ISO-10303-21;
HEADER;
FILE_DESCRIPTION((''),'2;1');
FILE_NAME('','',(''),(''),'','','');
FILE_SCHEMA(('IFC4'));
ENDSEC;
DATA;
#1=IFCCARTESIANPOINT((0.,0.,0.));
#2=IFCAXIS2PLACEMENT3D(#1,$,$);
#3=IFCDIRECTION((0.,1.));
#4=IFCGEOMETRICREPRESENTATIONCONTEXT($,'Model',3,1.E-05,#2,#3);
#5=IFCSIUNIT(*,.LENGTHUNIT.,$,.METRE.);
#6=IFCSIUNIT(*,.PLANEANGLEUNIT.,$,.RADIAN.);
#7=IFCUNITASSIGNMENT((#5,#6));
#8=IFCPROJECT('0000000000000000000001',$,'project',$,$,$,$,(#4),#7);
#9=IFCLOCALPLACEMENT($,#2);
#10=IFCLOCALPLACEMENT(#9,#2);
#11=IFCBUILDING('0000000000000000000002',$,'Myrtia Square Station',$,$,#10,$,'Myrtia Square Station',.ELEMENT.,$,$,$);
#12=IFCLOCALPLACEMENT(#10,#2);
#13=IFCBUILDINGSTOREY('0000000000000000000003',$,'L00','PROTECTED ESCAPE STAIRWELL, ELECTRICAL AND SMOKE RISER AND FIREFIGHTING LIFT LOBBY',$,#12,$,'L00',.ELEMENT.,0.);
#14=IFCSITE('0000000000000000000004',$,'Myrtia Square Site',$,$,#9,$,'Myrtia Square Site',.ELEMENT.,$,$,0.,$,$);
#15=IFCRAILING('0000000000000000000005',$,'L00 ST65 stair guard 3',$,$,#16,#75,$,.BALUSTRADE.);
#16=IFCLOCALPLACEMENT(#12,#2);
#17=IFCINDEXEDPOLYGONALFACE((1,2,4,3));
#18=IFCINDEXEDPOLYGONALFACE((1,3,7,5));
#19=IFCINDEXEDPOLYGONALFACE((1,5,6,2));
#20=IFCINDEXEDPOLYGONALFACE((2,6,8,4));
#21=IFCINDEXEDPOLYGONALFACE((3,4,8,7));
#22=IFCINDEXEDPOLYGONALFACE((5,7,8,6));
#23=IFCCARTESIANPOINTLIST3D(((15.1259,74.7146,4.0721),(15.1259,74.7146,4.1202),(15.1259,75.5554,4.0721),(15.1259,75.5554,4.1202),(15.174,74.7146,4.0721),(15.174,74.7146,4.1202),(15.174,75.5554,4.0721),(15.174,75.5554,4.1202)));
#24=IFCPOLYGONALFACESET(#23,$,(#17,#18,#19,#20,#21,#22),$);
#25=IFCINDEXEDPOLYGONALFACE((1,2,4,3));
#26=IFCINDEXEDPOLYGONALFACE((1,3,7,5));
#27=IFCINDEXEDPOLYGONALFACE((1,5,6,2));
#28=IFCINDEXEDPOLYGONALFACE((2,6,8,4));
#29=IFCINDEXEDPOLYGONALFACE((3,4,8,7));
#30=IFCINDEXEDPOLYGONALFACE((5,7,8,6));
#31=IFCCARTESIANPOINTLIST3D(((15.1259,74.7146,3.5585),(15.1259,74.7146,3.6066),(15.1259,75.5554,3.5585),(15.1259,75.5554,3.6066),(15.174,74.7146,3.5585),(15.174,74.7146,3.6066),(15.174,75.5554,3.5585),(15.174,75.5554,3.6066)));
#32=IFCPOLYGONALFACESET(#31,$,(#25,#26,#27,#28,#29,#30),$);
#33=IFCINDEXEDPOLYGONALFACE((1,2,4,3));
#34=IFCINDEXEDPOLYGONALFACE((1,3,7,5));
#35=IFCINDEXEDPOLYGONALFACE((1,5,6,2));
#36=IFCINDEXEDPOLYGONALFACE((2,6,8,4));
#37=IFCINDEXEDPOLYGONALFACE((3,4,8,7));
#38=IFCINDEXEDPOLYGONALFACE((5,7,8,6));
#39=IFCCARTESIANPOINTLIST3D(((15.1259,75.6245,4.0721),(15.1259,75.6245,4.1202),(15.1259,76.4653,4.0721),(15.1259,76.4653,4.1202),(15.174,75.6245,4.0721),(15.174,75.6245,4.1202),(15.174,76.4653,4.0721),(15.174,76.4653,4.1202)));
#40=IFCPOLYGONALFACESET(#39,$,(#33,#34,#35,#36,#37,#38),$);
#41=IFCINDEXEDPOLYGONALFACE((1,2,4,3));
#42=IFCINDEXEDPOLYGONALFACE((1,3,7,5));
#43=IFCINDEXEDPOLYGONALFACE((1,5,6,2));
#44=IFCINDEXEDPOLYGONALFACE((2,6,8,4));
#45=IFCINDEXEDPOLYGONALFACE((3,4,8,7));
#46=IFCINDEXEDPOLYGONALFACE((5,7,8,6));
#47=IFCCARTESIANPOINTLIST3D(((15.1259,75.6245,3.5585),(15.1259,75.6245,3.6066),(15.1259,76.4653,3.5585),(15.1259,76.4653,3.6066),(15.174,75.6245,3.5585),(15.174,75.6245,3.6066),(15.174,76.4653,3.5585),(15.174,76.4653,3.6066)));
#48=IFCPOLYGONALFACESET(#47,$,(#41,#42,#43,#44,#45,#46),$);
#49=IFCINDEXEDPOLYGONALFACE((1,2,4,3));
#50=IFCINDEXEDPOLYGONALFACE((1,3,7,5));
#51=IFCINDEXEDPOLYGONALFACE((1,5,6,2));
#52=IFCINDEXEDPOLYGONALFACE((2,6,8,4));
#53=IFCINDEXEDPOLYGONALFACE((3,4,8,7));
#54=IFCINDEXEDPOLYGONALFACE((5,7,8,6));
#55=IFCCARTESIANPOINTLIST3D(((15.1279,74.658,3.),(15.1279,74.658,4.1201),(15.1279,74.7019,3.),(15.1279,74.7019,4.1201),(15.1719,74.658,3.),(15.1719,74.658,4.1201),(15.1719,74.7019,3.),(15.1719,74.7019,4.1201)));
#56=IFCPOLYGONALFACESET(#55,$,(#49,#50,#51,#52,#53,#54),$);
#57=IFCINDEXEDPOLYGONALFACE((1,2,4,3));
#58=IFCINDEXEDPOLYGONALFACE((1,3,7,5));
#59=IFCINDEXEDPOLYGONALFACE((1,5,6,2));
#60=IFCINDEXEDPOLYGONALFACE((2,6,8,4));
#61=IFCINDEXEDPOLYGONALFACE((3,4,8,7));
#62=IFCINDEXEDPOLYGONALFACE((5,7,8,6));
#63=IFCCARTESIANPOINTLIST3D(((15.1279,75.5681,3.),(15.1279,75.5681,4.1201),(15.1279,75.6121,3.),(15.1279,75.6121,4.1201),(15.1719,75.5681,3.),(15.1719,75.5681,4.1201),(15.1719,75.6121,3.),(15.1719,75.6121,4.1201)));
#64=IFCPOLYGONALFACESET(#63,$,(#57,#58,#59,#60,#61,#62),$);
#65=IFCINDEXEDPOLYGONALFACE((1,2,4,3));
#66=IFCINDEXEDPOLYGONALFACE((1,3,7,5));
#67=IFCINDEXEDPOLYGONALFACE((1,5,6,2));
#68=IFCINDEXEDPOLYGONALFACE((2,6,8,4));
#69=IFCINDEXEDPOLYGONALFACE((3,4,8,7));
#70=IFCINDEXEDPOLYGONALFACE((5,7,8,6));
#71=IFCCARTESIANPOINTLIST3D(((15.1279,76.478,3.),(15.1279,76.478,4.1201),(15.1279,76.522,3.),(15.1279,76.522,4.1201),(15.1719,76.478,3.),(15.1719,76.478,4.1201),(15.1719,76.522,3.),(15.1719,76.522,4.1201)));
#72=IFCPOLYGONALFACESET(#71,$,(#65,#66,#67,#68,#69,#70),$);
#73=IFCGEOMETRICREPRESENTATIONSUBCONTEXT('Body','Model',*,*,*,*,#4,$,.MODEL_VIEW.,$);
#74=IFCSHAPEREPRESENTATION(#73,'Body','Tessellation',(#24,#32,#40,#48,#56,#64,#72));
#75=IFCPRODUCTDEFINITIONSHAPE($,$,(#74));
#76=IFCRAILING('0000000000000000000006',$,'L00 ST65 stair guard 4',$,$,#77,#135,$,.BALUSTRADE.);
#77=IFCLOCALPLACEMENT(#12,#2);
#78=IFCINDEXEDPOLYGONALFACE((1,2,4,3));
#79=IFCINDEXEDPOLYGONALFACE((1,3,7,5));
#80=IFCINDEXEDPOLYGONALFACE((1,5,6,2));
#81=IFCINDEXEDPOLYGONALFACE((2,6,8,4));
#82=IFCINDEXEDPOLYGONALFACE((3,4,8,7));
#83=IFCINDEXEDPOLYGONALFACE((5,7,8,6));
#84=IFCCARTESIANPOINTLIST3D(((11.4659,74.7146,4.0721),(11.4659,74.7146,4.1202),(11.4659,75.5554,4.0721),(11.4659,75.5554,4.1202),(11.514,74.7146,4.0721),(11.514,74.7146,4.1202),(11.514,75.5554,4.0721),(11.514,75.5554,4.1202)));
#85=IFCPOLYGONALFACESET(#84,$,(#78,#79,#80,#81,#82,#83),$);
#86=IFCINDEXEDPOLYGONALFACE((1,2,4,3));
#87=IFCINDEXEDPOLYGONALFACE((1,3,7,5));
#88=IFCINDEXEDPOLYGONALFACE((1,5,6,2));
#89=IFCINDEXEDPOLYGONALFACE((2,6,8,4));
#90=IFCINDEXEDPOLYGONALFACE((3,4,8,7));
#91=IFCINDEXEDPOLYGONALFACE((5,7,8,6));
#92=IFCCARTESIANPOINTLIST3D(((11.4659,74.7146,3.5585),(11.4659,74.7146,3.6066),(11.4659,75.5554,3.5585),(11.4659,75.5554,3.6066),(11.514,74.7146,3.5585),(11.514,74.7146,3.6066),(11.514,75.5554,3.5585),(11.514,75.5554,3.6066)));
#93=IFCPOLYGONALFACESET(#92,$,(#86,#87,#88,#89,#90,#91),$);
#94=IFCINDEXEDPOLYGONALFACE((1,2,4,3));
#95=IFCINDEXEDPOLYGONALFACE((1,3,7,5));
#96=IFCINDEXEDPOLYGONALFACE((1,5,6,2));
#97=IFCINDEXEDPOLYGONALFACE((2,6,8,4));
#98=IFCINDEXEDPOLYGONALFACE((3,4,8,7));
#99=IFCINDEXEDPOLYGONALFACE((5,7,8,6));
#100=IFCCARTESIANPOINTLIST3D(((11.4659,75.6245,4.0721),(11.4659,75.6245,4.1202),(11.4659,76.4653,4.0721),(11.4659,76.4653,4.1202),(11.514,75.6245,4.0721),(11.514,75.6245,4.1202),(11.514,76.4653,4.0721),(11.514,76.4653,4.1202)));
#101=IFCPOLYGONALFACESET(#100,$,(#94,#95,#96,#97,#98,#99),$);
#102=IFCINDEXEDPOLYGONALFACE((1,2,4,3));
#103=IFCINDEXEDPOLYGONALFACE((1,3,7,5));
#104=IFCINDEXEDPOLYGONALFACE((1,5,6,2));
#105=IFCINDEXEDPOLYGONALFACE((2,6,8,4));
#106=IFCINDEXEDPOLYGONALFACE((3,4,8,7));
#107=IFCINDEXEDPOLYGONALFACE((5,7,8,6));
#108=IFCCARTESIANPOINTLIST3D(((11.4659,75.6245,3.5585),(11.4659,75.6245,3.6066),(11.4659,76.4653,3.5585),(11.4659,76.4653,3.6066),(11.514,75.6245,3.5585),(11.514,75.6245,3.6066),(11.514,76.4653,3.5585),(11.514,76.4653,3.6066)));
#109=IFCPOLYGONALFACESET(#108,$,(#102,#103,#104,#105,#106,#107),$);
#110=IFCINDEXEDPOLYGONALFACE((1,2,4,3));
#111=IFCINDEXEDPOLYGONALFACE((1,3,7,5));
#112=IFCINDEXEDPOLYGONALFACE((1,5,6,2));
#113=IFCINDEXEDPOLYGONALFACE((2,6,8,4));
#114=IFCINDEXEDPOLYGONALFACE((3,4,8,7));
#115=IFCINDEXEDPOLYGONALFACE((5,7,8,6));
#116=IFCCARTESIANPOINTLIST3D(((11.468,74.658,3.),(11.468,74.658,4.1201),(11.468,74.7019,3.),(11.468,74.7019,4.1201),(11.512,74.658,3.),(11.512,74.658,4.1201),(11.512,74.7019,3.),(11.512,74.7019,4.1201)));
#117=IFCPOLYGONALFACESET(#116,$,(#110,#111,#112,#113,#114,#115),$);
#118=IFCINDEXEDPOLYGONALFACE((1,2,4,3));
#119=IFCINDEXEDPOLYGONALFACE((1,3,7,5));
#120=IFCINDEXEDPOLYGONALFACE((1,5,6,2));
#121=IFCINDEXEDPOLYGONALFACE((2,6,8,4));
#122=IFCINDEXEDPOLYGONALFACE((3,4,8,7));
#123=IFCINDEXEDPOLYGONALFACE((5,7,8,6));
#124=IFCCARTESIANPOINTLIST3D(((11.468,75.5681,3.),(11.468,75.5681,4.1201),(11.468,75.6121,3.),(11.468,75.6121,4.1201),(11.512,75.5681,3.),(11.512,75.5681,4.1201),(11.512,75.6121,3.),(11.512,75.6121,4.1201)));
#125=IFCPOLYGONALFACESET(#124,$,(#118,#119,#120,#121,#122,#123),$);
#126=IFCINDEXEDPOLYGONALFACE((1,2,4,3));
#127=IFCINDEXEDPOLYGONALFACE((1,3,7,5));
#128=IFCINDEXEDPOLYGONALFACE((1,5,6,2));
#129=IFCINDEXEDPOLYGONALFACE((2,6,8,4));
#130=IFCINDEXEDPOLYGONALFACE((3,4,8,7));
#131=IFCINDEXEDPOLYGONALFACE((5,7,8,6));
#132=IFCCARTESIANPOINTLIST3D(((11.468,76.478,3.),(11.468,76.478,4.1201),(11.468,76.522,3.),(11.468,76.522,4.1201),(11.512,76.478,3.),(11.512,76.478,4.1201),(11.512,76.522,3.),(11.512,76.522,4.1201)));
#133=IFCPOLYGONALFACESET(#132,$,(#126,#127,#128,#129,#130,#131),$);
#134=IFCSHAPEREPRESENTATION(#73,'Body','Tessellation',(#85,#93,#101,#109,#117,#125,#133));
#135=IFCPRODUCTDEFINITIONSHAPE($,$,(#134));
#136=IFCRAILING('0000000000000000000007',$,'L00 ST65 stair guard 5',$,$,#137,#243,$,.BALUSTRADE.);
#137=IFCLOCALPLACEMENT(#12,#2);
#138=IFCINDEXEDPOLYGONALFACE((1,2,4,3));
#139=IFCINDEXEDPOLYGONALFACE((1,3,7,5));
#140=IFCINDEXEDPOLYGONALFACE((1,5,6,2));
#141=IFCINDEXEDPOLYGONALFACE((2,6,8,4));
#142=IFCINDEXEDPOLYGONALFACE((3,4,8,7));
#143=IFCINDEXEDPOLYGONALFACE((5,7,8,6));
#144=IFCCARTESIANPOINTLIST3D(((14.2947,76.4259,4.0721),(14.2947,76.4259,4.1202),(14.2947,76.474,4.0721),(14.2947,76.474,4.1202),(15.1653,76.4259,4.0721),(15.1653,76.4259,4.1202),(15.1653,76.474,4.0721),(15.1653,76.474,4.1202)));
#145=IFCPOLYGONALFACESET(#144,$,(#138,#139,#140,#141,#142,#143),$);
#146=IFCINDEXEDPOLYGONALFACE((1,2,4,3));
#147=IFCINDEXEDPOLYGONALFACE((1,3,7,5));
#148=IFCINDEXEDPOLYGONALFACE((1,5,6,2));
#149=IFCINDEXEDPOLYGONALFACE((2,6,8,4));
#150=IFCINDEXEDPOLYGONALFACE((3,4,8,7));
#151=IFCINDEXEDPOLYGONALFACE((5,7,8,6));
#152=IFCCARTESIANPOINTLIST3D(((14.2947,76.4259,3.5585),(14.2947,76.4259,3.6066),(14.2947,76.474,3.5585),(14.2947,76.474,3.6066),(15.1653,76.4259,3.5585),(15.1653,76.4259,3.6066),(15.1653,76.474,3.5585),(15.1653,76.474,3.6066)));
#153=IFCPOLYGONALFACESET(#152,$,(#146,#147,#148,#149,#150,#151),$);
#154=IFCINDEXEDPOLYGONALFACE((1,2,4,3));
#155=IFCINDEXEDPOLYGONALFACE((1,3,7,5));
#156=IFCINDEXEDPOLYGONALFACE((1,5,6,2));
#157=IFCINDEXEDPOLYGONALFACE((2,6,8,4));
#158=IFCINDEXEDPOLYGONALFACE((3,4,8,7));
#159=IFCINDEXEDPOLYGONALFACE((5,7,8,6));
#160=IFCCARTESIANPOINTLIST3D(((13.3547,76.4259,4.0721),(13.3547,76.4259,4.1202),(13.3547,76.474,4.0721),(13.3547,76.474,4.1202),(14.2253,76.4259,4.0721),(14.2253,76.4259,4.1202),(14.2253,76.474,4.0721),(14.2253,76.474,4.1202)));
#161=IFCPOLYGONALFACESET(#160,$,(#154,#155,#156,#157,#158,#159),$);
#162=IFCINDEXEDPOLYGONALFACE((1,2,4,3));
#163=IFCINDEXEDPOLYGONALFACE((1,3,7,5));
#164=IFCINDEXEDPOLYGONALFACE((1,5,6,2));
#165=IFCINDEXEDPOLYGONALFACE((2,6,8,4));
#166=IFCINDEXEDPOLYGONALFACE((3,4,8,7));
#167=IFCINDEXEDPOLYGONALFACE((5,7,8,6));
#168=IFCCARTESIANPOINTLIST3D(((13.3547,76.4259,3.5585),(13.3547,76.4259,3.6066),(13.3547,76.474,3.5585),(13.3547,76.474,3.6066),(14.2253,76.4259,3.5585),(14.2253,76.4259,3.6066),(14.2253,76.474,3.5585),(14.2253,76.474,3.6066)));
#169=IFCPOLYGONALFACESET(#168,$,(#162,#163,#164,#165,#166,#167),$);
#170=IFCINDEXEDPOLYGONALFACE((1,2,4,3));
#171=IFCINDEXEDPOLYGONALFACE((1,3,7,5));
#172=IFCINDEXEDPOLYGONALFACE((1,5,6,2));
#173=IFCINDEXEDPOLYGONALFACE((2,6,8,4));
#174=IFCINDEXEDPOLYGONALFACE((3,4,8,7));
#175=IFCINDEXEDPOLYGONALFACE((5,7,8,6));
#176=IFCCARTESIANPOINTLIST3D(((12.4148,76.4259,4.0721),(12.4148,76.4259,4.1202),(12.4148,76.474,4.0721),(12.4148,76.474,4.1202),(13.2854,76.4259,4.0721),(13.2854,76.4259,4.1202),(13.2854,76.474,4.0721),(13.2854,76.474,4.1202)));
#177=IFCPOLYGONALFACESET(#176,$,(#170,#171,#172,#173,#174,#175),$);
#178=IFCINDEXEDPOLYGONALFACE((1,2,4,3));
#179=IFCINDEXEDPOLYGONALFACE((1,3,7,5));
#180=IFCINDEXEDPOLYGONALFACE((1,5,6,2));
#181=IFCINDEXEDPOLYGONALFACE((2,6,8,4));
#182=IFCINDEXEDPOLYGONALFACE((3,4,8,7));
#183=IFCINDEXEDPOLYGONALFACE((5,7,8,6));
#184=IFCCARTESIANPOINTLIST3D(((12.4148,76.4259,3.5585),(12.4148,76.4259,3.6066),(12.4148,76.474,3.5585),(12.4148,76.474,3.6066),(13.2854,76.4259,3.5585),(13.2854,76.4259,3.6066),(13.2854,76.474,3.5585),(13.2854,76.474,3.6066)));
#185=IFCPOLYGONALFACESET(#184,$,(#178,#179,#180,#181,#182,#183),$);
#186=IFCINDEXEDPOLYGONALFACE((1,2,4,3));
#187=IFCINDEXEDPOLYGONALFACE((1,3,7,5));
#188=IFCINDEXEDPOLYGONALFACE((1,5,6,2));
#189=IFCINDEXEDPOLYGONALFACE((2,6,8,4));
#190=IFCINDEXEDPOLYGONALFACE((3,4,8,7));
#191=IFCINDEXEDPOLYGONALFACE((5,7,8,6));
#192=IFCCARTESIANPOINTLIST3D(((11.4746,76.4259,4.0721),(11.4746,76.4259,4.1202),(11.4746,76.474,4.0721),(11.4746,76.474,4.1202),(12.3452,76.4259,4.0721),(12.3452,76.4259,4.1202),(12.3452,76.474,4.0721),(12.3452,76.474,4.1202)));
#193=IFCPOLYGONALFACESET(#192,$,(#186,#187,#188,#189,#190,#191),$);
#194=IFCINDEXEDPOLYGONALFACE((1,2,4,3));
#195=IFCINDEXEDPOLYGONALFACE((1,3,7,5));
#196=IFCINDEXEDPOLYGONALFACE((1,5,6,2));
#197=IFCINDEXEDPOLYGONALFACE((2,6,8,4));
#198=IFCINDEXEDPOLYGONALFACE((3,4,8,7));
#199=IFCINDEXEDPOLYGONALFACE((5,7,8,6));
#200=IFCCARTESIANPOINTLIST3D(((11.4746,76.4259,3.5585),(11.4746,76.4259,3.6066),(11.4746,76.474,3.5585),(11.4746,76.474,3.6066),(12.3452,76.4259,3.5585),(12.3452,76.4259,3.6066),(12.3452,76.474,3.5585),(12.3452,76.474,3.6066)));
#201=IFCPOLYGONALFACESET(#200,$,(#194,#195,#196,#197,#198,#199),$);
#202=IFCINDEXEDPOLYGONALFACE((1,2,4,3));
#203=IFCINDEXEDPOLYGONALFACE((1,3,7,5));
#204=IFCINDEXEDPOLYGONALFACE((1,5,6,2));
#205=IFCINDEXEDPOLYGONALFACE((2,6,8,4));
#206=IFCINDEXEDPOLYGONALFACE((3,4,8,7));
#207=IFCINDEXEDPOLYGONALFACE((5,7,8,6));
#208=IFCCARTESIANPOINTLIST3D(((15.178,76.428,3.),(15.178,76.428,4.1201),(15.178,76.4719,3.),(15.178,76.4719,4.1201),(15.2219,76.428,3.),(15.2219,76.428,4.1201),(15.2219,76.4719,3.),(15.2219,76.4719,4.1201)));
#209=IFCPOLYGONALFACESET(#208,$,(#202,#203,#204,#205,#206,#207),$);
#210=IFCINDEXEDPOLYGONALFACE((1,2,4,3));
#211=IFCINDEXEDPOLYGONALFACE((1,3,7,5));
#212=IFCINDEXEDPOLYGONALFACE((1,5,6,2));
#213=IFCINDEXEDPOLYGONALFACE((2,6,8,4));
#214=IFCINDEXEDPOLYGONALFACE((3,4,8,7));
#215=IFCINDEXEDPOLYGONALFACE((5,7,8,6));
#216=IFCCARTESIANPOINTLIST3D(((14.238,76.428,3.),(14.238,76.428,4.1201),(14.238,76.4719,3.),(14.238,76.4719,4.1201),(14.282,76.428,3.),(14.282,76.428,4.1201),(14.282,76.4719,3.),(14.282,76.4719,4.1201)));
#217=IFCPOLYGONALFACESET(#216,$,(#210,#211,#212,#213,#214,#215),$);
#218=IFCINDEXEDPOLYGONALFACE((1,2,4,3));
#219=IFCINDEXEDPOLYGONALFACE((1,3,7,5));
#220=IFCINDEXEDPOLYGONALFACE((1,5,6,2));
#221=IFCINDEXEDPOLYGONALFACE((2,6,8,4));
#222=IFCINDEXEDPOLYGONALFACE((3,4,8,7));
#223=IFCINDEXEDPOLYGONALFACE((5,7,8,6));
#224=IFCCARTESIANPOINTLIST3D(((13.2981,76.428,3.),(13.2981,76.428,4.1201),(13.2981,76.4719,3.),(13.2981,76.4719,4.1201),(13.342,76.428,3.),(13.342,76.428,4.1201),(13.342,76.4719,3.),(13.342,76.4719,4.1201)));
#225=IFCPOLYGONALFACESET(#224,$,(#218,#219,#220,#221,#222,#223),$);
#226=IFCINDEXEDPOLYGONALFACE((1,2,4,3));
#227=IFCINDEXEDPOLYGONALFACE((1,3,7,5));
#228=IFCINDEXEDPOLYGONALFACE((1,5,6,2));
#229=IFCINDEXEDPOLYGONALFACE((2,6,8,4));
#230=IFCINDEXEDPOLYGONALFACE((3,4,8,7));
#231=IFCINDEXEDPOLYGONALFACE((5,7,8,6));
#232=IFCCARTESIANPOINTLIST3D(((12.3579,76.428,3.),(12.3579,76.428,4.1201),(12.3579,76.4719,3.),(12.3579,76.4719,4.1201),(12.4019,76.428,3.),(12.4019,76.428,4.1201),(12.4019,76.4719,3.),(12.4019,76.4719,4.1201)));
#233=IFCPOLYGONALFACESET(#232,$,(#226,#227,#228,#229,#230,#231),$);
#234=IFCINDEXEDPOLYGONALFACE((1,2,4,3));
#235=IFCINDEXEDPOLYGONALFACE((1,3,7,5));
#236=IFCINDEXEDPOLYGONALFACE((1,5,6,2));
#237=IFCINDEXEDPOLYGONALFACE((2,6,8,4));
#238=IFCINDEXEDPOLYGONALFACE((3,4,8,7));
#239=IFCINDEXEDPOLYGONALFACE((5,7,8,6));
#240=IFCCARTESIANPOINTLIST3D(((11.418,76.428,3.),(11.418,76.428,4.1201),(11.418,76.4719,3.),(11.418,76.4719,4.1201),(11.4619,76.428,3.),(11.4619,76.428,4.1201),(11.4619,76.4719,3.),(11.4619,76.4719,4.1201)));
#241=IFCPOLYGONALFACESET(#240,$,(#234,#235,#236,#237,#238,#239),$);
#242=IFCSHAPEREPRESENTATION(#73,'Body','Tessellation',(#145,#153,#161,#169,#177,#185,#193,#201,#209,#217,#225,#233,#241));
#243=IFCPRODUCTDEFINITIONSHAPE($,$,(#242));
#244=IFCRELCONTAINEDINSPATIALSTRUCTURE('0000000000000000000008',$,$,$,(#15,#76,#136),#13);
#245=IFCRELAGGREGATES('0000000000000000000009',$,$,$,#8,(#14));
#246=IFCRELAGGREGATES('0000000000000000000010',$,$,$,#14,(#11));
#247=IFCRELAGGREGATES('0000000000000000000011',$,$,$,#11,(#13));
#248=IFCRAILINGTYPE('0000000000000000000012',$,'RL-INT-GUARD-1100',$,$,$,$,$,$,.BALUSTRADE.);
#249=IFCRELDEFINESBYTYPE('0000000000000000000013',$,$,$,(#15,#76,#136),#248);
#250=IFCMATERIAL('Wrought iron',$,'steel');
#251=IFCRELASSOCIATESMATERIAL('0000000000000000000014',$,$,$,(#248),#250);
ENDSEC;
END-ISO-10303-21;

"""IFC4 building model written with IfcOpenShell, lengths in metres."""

from ifc_helpers import new_model, si_unit, direction, frame, origin, origin_2d, place, context, subcontext, project, spatial, rectangle, extrude, material, type_object, element, save


model = new_model("IFC4")

# Units and contexts
model_context = context("Model", 3, precision=1e-05, world=origin(), true_north=direction((0.0, 1.0)))
body_context = subcontext(model_context, "Body", "Model", "MODEL_VIEW")
ifc_project = project(units=[si_unit("LENGTHUNIT", "METRE"), si_unit("PLANEANGLEUNIT", "RADIAN")], contexts=[model_context])

# Site, building, storey
site_placement = place(None, origin())
site = spatial("IfcSite", under=ifc_project, at=site_placement, Name="Myrtia Square Site", LongName="Myrtia Square Site", CompositionType="ELEMENT", RefElevation=0.0)
building_placement = place(site_placement, origin())
building = spatial("IfcBuilding", under=site, at=building_placement, Name="Myrtia Square Station", LongName="Myrtia Square Station", CompositionType="ELEMENT")
storey_placement = place(building_placement, origin())
storey = spatial("IfcBuildingStorey", under=building, at=storey_placement, Name="L00", Description="PROTECTED ESCAPE STAIRWELL, ELECTRICAL AND SMOKE RISER AND FIREFIGHTING LIFT LOBBY", LongName="L00", CompositionType="ELEMENT", Elevation=0.0)

# Railings
ifc_material_1 = material(Name="Wrought iron", Category="steel")
railing_type_1 = type_object("IfcRailingType", Name="RL-INT-GUARD-1100", PredefinedType="BALUSTRADE", material=ifc_material_1)
for number, where, name in (
    (1, (15.1499, 74.6799, 3.0), "L00 ST65 stair guard 3"),
    (2, (11.49, 74.6799, 3.0), "L00 ST65 stair guard 4"),
):
    element("IfcRailing", number, at=place(storey_placement, frame(where)), inside=storey, type_object=railing_type_1, Name=name, PredefinedType="BALUSTRADE", context=body_context, shape_type="SweptSolid", body=[
        extrude(rectangle(XDim=0.0481, YDim=0.0481, at=origin_2d()), frame((0.0, 0.0347, 1.0962), z_axis=(0.0, 1.0, 0.0), x_axis=(-1.0, 0.0, 0.0)), (0.0, 0.0, 1.0), 0.8408),
        extrude(rectangle(XDim=0.0481, YDim=0.0481, at=origin_2d()), frame((0.0, 0.0347, 0.5825), z_axis=(0.0, 1.0, 0.0), x_axis=(-1.0, 0.0, 0.0)), (0.0, 0.0, 1.0), 0.8408),
        extrude(rectangle(XDim=0.0481, YDim=0.0481, at=origin_2d()), frame((0.0, 0.9446, 1.0962), z_axis=(0.0, 1.0, 0.0), x_axis=(-1.0, 0.0, 0.0)), (0.0, 0.0, 1.0), 0.8408),
        extrude(rectangle(XDim=0.0481, YDim=0.0481, at=origin_2d()), frame((0.0, 0.9446, 0.5825), z_axis=(0.0, 1.0, 0.0), x_axis=(-1.0, 0.0, 0.0)), (0.0, 0.0, 1.0), 0.8408),
        extrude(rectangle(XDim=0.0439, YDim=0.0439, at=origin_2d()), origin(), (0.0, 0.0, 1.0), 1.1201),
        extrude(rectangle(XDim=0.0439, YDim=0.0439, at=origin_2d()), frame((0.0, 0.9102, 0.0)), (0.0, 0.0, 1.0), 1.1201),
        extrude(rectangle(XDim=0.0439, YDim=0.0439, at=origin_2d()), frame((0.0, 1.8201, 0.0)), (0.0, 0.0, 1.0), 1.1201),
    ])
railing_1_placement = place(storey_placement, frame((15.2, 76.45, 3.0)))
element("IfcRailing", 3, at=railing_1_placement, inside=storey, type_object=railing_type_1, Name="L00 ST65 stair guard 5", PredefinedType="BALUSTRADE", context=body_context, shape_type="SweptSolid", body=[
    extrude(rectangle(XDim=0.0481, YDim=0.0481, at=origin_2d()), frame((-0.0347, 0.0, 1.0962), z_axis=(-1.0, 0.0, 0.0), x_axis=(0.0, -1.0, 0.0)), (0.0, 0.0, 1.0), 0.8706),
    extrude(rectangle(XDim=0.0481, YDim=0.0481, at=origin_2d()), frame((-0.0347, 0.0, 0.5825), z_axis=(-1.0, 0.0, 0.0), x_axis=(0.0, -1.0, 0.0)), (0.0, 0.0, 1.0), 0.8706),
    extrude(rectangle(XDim=0.0481, YDim=0.0481, at=origin_2d()), frame((-0.9746, 0.0, 1.0962), z_axis=(-1.0, 0.0, 0.0), x_axis=(0.0, -1.0, 0.0)), (0.0, 0.0, 1.0), 0.8706),
    extrude(rectangle(XDim=0.0481, YDim=0.0481, at=origin_2d()), frame((-0.9746, 0.0, 0.5825), z_axis=(-1.0, 0.0, 0.0), x_axis=(0.0, -1.0, 0.0)), (0.0, 0.0, 1.0), 0.8706),
    extrude(rectangle(XDim=0.0481, YDim=0.0481, at=origin_2d()), frame((-1.9146, 0.0, 1.0962), z_axis=(-1.0, 0.0, 0.0), x_axis=(0.0, -1.0, 0.0)), (0.0, 0.0, 1.0), 0.8706),
    extrude(rectangle(XDim=0.0481, YDim=0.0481, at=origin_2d()), frame((-1.9146, 0.0, 0.5825), z_axis=(-1.0, 0.0, 0.0), x_axis=(0.0, -1.0, 0.0)), (0.0, 0.0, 1.0), 0.8706),
    extrude(rectangle(XDim=0.0481, YDim=0.0481, at=origin_2d()), frame((-2.8547, 0.0, 1.0962), z_axis=(-1.0, 0.0, 0.0), x_axis=(0.0, -1.0, 0.0)), (0.0, 0.0, 1.0), 0.8706),
    extrude(rectangle(XDim=0.0481, YDim=0.0481, at=origin_2d()), frame((-2.8547, 0.0, 0.5825), z_axis=(-1.0, 0.0, 0.0), x_axis=(0.0, -1.0, 0.0)), (0.0, 0.0, 1.0), 0.8706),
    extrude(rectangle(XDim=0.0439, YDim=0.0439, at=origin_2d()), origin(), (0.0, 0.0, 1.0), 1.1201),
    extrude(rectangle(XDim=0.0439, YDim=0.0439, at=origin_2d()), frame((-0.9399, 0.0, 0.0)), (0.0, 0.0, 1.0), 1.1201),
    extrude(rectangle(XDim=0.0439, YDim=0.0439, at=origin_2d()), frame((-1.8799, 0.0, 0.0)), (0.0, 0.0, 1.0), 1.1201),
    extrude(rectangle(XDim=0.0439, YDim=0.0439, at=origin_2d()), frame((-2.8201, 0.0, 0.0)), (0.0, 0.0, 1.0), 1.1201),
    extrude(rectangle(XDim=0.0439, YDim=0.0439, at=origin_2d()), frame((-3.76, 0.0, 0.0)), (0.0, 0.0, 1.0), 1.1201),
])

save(model, "model.ifc")
